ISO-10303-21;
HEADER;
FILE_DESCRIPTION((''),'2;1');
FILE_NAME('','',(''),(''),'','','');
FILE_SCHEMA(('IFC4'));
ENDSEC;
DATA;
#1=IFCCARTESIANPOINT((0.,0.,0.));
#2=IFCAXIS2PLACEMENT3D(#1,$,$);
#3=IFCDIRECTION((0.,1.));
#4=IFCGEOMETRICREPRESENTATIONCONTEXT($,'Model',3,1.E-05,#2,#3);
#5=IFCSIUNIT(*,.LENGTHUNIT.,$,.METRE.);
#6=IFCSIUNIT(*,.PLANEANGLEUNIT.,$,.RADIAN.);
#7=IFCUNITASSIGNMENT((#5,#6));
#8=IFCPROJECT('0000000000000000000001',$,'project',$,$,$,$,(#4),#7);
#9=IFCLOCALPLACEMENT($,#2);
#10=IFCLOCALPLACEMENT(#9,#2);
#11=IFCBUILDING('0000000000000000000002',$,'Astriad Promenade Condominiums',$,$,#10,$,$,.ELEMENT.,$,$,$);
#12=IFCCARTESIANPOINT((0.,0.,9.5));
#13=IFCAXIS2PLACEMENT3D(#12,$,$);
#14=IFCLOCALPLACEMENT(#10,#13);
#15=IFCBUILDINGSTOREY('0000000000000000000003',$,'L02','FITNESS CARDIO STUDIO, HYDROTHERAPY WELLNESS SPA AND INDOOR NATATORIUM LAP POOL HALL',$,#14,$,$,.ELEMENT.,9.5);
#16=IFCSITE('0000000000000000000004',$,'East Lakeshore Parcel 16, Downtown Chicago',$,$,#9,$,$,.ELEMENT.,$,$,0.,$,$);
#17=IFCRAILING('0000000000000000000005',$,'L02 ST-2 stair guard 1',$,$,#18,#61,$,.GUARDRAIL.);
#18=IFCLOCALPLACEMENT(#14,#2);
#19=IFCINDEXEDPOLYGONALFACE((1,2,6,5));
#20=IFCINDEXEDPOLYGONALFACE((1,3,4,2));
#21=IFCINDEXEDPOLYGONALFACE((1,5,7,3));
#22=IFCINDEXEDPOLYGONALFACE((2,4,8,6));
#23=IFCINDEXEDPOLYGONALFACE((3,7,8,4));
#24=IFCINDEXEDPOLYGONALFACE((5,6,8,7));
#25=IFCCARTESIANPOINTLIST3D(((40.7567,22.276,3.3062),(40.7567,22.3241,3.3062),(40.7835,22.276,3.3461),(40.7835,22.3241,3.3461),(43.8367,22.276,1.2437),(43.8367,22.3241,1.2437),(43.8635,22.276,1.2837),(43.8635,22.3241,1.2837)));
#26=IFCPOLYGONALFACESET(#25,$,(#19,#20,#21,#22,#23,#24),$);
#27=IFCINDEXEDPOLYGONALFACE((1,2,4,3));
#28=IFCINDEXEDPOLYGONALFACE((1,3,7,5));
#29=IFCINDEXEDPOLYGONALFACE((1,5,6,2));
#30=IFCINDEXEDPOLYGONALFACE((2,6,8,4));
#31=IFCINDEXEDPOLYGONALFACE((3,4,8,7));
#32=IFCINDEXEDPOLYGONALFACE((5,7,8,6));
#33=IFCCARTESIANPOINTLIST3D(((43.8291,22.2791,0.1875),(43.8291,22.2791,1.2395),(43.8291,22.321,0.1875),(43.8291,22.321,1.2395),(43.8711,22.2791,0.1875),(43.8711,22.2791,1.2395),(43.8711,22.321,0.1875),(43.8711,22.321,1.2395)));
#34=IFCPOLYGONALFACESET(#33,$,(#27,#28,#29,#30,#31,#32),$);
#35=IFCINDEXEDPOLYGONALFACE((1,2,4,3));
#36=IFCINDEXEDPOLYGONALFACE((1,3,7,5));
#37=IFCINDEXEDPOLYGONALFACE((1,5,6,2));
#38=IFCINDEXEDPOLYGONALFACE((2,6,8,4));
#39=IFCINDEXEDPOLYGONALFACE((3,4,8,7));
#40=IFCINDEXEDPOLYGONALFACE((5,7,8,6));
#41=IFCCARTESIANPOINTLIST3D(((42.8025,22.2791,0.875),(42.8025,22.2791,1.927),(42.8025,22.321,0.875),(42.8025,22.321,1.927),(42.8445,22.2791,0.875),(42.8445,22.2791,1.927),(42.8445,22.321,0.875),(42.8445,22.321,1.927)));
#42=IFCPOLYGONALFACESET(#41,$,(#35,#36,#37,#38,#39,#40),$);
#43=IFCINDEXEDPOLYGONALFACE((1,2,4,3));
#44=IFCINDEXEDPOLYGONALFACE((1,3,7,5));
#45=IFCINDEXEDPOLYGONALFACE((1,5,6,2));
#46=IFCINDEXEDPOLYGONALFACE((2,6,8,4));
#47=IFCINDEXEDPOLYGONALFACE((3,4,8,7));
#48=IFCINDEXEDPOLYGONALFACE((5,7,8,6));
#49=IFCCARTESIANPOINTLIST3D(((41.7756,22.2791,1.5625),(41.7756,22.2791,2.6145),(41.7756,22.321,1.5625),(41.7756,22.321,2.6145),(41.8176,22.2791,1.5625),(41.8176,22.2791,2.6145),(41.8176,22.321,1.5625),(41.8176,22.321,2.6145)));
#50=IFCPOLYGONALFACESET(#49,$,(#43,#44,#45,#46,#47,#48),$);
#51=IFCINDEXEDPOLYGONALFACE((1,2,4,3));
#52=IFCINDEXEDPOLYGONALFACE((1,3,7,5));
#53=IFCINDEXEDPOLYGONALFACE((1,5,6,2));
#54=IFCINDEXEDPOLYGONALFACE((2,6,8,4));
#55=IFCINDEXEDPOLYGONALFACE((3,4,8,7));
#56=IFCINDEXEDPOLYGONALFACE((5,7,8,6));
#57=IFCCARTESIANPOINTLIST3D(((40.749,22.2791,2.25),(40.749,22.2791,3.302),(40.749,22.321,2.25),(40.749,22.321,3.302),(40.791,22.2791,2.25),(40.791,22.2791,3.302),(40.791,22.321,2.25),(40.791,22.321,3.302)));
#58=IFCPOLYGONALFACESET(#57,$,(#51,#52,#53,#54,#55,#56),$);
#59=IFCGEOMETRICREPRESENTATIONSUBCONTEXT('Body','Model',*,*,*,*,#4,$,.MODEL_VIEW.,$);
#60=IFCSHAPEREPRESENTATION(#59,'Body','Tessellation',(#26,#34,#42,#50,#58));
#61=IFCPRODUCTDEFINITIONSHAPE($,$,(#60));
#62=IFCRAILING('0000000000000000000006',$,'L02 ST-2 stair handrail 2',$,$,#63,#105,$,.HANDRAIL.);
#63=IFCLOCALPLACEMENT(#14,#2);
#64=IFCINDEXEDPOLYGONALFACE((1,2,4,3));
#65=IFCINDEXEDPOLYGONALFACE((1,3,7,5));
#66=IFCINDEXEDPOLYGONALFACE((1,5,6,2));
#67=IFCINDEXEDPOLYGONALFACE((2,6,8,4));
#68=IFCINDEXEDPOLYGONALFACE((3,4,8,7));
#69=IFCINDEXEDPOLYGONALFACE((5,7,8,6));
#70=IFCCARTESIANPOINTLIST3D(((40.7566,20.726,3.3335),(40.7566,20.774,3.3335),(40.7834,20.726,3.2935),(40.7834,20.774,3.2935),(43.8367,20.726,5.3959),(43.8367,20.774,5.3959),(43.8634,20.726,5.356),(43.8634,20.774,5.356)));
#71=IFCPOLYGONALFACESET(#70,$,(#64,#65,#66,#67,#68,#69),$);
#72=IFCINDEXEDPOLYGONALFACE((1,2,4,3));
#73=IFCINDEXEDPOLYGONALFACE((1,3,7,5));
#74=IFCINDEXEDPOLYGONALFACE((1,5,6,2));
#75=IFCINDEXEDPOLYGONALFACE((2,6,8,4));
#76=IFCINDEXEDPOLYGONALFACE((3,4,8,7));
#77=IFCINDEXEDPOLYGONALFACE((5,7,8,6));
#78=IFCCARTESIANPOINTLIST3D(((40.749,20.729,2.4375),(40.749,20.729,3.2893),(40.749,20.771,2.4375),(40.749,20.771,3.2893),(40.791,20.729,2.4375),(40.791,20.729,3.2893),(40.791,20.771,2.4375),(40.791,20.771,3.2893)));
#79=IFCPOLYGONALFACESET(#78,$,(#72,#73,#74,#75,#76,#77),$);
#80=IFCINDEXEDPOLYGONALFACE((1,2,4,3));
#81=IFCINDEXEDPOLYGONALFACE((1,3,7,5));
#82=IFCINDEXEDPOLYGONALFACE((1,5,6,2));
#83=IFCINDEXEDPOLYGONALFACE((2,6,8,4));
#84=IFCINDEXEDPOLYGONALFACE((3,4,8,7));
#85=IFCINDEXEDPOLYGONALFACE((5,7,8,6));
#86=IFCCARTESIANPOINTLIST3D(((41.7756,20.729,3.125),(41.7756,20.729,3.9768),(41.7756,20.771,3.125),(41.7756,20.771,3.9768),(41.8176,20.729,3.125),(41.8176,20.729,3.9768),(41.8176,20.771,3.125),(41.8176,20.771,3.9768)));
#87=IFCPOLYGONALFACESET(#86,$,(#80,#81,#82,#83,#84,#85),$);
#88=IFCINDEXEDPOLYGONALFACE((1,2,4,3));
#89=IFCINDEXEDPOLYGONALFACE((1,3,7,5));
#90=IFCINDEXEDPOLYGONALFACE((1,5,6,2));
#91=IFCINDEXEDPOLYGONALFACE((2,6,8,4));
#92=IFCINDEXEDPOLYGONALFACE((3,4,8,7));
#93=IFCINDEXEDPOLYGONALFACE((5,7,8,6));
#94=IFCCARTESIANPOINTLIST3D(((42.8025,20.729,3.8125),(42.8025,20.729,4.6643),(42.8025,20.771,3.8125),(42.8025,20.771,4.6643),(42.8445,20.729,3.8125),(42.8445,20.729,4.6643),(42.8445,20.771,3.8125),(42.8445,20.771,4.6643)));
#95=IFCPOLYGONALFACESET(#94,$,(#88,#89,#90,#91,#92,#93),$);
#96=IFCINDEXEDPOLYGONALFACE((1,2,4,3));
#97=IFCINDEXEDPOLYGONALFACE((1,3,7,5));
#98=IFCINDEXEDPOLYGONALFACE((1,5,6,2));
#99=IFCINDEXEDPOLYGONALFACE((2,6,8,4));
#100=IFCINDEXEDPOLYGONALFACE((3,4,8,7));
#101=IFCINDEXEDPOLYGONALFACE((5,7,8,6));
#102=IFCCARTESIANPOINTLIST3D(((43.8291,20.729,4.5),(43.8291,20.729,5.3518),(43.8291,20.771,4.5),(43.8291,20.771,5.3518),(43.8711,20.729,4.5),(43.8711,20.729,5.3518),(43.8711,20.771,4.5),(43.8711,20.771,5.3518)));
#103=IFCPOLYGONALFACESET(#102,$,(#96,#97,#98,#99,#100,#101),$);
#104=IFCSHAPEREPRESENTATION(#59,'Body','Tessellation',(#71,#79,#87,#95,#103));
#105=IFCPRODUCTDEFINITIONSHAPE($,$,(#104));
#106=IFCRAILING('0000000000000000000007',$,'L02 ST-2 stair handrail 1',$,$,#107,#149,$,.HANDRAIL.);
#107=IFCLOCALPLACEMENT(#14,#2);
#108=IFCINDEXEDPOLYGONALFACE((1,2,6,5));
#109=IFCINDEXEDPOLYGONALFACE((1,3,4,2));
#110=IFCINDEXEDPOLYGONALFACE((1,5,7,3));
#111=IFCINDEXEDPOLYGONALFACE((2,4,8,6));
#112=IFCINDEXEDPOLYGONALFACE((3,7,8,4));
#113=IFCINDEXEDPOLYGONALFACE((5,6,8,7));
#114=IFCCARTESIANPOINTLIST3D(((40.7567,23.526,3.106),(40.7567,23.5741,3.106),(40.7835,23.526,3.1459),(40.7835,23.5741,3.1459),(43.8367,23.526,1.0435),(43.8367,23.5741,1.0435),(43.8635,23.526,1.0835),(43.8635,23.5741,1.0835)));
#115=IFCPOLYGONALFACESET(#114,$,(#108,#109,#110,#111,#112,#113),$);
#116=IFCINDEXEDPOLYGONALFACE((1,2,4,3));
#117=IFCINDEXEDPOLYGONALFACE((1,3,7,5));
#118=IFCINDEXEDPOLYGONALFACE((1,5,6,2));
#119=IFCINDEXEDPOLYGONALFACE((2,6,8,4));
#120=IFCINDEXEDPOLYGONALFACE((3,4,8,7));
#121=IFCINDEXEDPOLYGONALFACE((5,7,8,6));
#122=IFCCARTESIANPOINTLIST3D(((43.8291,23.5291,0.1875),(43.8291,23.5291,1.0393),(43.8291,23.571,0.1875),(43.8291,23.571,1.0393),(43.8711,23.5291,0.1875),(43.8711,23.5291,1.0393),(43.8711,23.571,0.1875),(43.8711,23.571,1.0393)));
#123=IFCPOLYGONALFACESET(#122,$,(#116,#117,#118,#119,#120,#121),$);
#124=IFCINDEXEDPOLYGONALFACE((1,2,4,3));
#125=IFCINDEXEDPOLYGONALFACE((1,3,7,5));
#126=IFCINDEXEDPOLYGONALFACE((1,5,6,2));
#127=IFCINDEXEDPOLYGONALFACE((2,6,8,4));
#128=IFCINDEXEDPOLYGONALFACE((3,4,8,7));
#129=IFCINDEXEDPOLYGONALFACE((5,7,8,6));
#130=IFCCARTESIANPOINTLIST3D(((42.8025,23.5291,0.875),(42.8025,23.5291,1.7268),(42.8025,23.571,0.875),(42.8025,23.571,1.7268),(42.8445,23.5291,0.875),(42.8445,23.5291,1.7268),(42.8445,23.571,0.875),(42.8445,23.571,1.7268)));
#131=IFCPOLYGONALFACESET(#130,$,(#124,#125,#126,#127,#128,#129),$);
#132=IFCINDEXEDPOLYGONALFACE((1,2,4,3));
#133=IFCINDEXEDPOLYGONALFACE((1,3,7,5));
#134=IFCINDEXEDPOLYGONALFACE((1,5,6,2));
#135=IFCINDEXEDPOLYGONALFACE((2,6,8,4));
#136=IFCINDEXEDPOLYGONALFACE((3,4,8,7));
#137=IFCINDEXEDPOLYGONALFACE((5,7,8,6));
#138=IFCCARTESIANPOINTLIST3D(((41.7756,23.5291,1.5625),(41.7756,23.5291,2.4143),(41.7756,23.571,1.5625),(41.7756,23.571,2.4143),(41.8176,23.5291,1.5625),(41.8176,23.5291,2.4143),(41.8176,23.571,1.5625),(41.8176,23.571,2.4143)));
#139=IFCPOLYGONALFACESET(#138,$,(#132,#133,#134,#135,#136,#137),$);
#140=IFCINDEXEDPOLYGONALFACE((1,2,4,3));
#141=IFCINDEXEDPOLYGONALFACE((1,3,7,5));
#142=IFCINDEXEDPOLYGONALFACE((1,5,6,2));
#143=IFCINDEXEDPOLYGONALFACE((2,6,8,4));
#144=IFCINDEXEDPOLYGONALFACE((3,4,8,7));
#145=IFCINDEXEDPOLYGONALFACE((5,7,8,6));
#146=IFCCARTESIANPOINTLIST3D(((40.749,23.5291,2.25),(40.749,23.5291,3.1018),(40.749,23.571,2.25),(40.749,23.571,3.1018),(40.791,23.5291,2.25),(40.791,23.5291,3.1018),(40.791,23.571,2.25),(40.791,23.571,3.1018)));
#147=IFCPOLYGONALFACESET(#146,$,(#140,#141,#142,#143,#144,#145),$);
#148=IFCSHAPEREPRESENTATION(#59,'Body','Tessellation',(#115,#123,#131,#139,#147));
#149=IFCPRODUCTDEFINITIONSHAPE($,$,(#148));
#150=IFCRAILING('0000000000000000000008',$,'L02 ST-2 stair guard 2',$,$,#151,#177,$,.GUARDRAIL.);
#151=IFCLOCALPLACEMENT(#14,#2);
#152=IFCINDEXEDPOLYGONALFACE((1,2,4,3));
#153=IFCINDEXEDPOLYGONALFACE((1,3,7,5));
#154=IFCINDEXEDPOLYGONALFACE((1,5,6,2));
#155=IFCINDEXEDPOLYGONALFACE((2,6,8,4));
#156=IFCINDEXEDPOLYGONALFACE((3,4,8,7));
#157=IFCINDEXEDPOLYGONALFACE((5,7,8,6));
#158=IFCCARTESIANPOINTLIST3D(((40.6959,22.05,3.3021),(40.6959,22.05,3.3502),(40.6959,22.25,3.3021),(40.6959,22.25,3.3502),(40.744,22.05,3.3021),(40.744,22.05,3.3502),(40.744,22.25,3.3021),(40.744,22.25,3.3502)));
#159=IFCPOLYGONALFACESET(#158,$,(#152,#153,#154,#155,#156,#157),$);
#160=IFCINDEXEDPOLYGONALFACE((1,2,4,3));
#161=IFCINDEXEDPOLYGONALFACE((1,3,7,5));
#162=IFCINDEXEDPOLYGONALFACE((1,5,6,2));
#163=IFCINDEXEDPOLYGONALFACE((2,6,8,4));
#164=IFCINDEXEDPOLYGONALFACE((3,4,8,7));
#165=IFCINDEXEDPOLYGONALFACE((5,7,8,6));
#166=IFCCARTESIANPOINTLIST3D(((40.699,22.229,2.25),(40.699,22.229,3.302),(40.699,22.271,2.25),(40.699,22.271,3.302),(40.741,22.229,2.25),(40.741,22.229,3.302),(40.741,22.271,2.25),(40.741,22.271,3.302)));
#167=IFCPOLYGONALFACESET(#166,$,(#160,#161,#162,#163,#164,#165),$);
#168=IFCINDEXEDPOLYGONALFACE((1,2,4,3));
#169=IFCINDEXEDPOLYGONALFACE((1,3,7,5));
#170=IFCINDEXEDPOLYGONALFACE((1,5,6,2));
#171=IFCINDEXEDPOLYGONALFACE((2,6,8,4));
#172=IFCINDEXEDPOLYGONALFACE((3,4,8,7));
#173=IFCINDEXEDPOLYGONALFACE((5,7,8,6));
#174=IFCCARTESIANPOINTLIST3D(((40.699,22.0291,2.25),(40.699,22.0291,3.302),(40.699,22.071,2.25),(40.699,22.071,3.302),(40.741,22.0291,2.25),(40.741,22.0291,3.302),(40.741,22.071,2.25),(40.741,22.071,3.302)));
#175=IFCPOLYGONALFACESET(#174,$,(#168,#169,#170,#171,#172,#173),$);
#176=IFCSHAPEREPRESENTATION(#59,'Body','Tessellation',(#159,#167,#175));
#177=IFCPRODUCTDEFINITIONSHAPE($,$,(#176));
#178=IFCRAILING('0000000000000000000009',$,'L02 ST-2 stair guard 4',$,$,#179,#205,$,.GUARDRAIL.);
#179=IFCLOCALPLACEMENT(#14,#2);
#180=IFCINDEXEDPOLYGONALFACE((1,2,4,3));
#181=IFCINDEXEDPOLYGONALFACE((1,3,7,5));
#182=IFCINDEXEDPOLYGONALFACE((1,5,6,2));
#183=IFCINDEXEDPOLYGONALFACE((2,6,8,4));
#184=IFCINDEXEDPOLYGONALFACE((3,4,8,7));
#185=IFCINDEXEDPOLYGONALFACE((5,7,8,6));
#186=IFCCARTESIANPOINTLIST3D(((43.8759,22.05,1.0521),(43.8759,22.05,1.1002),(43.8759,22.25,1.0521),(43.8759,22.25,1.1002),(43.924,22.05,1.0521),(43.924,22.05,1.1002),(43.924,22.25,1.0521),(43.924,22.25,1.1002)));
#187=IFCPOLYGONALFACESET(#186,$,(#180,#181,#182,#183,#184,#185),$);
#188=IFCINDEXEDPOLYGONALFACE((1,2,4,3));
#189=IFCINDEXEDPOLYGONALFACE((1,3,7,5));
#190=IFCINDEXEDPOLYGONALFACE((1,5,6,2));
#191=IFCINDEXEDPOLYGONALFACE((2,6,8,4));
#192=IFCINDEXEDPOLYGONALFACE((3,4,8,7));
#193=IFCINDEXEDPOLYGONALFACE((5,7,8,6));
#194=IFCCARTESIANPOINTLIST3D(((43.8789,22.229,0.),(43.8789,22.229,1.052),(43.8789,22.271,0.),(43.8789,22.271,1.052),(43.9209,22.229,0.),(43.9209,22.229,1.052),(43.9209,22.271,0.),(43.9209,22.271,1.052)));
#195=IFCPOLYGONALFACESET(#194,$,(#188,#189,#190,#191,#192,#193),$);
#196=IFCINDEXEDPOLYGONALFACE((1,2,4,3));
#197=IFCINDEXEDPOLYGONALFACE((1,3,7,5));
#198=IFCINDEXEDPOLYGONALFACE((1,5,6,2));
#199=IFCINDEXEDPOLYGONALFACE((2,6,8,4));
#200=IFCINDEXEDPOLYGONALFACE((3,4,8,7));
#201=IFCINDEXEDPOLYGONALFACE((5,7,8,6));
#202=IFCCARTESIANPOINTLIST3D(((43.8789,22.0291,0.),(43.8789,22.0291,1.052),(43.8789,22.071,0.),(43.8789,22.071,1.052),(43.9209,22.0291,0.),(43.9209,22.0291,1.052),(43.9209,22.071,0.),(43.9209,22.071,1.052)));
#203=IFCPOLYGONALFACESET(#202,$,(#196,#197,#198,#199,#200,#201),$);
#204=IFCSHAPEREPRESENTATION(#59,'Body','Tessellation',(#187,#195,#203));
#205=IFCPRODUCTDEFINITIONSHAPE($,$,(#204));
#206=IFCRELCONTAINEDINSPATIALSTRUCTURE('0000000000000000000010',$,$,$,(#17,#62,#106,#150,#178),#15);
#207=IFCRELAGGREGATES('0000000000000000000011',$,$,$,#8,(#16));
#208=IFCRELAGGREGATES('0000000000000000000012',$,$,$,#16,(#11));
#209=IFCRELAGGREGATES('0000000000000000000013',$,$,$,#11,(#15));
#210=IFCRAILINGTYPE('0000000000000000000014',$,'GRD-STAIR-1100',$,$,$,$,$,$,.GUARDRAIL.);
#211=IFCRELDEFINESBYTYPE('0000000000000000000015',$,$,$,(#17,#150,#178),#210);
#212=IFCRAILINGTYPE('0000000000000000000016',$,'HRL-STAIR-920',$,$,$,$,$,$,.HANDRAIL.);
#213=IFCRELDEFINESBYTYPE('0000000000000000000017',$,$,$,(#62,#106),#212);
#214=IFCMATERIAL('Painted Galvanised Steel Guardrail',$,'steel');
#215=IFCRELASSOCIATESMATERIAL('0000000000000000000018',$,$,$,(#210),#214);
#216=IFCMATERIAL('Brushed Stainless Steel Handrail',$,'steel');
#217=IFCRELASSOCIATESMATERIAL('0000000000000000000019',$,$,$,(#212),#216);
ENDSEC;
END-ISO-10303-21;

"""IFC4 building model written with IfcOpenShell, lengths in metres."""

from ifc_helpers import new_model, si_unit, direction, frame, origin, origin_2d, place, context, subcontext, project, spatial, rectangle, extrude, source, transform, mapped, material, type_object, type_shapes, element, save


model = new_model("IFC4")

# Units and contexts
model_context = context("Model", 3, precision=1e-05, world=origin(), true_north=direction((0.0, 1.0)))
body_context = subcontext(model_context, "Body", "Model", "MODEL_VIEW")
ifc_project = project(units=[si_unit("LENGTHUNIT", "METRE"), si_unit("PLANEANGLEUNIT", "RADIAN")], contexts=[model_context])

# Site, building, storey
site_placement = place(None, origin())
site = spatial("IfcSite", under=ifc_project, at=site_placement, Name="East Lakeshore Parcel 16, Downtown Chicago", CompositionType="ELEMENT", RefElevation=0.0)
building_placement = place(site_placement, origin())
building = spatial("IfcBuilding", under=site, at=building_placement, Name="Astriad Promenade Condominiums", CompositionType="ELEMENT")
storey_placement = place(building_placement, frame((0.0, 0.0, 9.5)))
storey = spatial("IfcBuildingStorey", under=building, at=storey_placement, Name="L02", Description="FITNESS CARDIO STUDIO, HYDROTHERAPY WELLNESS SPA AND INDOOR NATATORIUM LAP POOL HALL", CompositionType="ELEMENT", Elevation=9.5)

# Railings
ifc_material_1 = material(Name="Painted Galvanised Steel Guardrail", Category="steel")
railing_type_1 = type_object("IfcRailingType", Name="GRD-STAIR-1100", PredefinedType="GUARDRAIL", material=ifc_material_1)
shared_shape_1 = source(origin(), body_context, "Body", "SweptSolid", [
    extrude(rectangle(XDim=0.0481, YDim=0.0481, at=origin_2d()), frame((0.0, 0.0, 1.0762), z_axis=(-0.830914, 0.0, 0.556401), x_axis=(0.0, -1.0, 0.0)), (0.0, 0.0, 1.0), 3.7068),
    extrude(rectangle(XDim=0.042, YDim=0.042, at=origin_2d()), origin(), (0.0, 0.0, 1.0), 1.052),
    extrude(rectangle(XDim=0.042, YDim=0.042, at=origin_2d()), frame((-1.0266, 0.0, 0.6875)), (0.0, 0.0, 1.0), 1.052),
    extrude(rectangle(XDim=0.042, YDim=0.042, at=origin_2d()), frame((-2.0535, 0.0, 1.375)), (0.0, 0.0, 1.0), 1.052),
    extrude(rectangle(XDim=0.042, YDim=0.042, at=origin_2d()), frame((-3.0801, 0.0, 2.0625)), (0.0, 0.0, 1.0), 1.052),
])
railing_1_placement = place(storey_placement, frame((43.8501, 22.3, 0.1875)))
element("IfcRailing", 1, at=railing_1_placement, inside=storey, type_object=railing_type_1, Name="L02 ST-2 stair guard 1", PredefinedType="GUARDRAIL", context=body_context, shape_type="MappedRepresentation", body=[
    mapped(shared_shape_1, transform((0.0, 0.0, 0.0), scale=1.0)),
])
ifc_material_2 = material(Name="Brushed Stainless Steel Handrail", Category="steel")
railing_type_2 = type_object("IfcRailingType", Name="HRL-STAIR-920", PredefinedType="HANDRAIL", material=ifc_material_2)
shared_shape_2 = source(origin(), body_context, "Body", "SweptSolid", [
    extrude(rectangle(XDim=0.0481, YDim=0.0481, at=origin_2d()), frame((0.0, 0.0, 0.876), z_axis=(0.830914, 0.0, 0.556401), x_axis=(0.0, 1.0, 0.0)), (0.0, 0.0, 1.0), 3.7068),
    extrude(rectangle(XDim=0.042, YDim=0.042, at=origin_2d()), origin(), (0.0, 0.0, 1.0), 0.8518),
    extrude(rectangle(XDim=0.042, YDim=0.042, at=origin_2d()), frame((1.0266, 0.0, 0.6875)), (0.0, 0.0, 1.0), 0.8518),
    extrude(rectangle(XDim=0.042, YDim=0.042, at=origin_2d()), frame((2.0535, 0.0, 1.375)), (0.0, 0.0, 1.0), 0.8518),
    extrude(rectangle(XDim=0.042, YDim=0.042, at=origin_2d()), frame((3.0801, 0.0, 2.0625)), (0.0, 0.0, 1.0), 0.8518),
])
railing_2_placement = place(storey_placement, frame((40.77, 20.75, 2.4375)))
element("IfcRailing", 2, at=railing_2_placement, inside=storey, type_object=railing_type_2, Name="L02 ST-2 stair handrail 2", PredefinedType="HANDRAIL", context=body_context, shape_type="MappedRepresentation", body=[
    mapped(shared_shape_2, transform((0.0, 0.0, 0.0), scale=1.0)),
])
shared_shape_3 = source(origin(), body_context, "Body", "SweptSolid", [
    extrude(rectangle(XDim=0.0481, YDim=0.0481, at=origin_2d()), frame((0.0, 0.0, 0.876), z_axis=(-0.830914, 0.0, 0.556401), x_axis=(0.0, -1.0, 0.0)), (0.0, 0.0, 1.0), 3.7068),
    extrude(rectangle(XDim=0.042, YDim=0.042, at=origin_2d()), origin(), (0.0, 0.0, 1.0), 0.8518),
    extrude(rectangle(XDim=0.042, YDim=0.042, at=origin_2d()), frame((-1.0266, 0.0, 0.6875)), (0.0, 0.0, 1.0), 0.8518),
    extrude(rectangle(XDim=0.042, YDim=0.042, at=origin_2d()), frame((-2.0535, 0.0, 1.375)), (0.0, 0.0, 1.0), 0.8518),
    extrude(rectangle(XDim=0.042, YDim=0.042, at=origin_2d()), frame((-3.0801, 0.0, 2.0625)), (0.0, 0.0, 1.0), 0.8518),
])
type_shapes(railing_type_2, [shared_shape_2, shared_shape_3])
railing_3_placement = place(storey_placement, frame((43.8501, 23.55, 0.1875)))
element("IfcRailing", 3, at=railing_3_placement, inside=storey, type_object=railing_type_2, Name="L02 ST-2 stair handrail 1", PredefinedType="HANDRAIL", context=body_context, shape_type="MappedRepresentation", body=[
    mapped(shared_shape_3, transform((0.0, 0.0, 0.0), scale=1.0)),
])
shared_shape_4 = source(origin(), body_context, "Body", "SweptSolid", [
    extrude(rectangle(XDim=0.0481, YDim=0.0481, at=origin_2d()), frame((0.0, 0.0, 1.0762), z_axis=(0.0, -1.0, 0.0), x_axis=(1.0, 0.0, 0.0)), (0.0, 0.0, 1.0), 0.2),
    extrude(rectangle(XDim=0.042, YDim=0.042, at=origin_2d()), origin(), (0.0, 0.0, 1.0), 1.052),
    extrude(rectangle(XDim=0.042, YDim=0.042, at=origin_2d()), frame((0.0, -0.2, 0.0)), (0.0, 0.0, 1.0), 1.052),
])
for number, where, name in (
    (4, (40.72, 22.25, 2.25), "L02 ST-2 stair guard 2"),
    (5, (43.8999, 22.25, 0.0), "L02 ST-2 stair guard 4"),
):
    element("IfcRailing", number, at=place(storey_placement, frame(where)), inside=storey, type_object=railing_type_1, Name=name, PredefinedType="GUARDRAIL", context=body_context, shape_type="MappedRepresentation", body=[
        mapped(shared_shape_4, transform((0.0, 0.0, 0.0), scale=1.0)),
    ])

save(model, "model.ifc")
